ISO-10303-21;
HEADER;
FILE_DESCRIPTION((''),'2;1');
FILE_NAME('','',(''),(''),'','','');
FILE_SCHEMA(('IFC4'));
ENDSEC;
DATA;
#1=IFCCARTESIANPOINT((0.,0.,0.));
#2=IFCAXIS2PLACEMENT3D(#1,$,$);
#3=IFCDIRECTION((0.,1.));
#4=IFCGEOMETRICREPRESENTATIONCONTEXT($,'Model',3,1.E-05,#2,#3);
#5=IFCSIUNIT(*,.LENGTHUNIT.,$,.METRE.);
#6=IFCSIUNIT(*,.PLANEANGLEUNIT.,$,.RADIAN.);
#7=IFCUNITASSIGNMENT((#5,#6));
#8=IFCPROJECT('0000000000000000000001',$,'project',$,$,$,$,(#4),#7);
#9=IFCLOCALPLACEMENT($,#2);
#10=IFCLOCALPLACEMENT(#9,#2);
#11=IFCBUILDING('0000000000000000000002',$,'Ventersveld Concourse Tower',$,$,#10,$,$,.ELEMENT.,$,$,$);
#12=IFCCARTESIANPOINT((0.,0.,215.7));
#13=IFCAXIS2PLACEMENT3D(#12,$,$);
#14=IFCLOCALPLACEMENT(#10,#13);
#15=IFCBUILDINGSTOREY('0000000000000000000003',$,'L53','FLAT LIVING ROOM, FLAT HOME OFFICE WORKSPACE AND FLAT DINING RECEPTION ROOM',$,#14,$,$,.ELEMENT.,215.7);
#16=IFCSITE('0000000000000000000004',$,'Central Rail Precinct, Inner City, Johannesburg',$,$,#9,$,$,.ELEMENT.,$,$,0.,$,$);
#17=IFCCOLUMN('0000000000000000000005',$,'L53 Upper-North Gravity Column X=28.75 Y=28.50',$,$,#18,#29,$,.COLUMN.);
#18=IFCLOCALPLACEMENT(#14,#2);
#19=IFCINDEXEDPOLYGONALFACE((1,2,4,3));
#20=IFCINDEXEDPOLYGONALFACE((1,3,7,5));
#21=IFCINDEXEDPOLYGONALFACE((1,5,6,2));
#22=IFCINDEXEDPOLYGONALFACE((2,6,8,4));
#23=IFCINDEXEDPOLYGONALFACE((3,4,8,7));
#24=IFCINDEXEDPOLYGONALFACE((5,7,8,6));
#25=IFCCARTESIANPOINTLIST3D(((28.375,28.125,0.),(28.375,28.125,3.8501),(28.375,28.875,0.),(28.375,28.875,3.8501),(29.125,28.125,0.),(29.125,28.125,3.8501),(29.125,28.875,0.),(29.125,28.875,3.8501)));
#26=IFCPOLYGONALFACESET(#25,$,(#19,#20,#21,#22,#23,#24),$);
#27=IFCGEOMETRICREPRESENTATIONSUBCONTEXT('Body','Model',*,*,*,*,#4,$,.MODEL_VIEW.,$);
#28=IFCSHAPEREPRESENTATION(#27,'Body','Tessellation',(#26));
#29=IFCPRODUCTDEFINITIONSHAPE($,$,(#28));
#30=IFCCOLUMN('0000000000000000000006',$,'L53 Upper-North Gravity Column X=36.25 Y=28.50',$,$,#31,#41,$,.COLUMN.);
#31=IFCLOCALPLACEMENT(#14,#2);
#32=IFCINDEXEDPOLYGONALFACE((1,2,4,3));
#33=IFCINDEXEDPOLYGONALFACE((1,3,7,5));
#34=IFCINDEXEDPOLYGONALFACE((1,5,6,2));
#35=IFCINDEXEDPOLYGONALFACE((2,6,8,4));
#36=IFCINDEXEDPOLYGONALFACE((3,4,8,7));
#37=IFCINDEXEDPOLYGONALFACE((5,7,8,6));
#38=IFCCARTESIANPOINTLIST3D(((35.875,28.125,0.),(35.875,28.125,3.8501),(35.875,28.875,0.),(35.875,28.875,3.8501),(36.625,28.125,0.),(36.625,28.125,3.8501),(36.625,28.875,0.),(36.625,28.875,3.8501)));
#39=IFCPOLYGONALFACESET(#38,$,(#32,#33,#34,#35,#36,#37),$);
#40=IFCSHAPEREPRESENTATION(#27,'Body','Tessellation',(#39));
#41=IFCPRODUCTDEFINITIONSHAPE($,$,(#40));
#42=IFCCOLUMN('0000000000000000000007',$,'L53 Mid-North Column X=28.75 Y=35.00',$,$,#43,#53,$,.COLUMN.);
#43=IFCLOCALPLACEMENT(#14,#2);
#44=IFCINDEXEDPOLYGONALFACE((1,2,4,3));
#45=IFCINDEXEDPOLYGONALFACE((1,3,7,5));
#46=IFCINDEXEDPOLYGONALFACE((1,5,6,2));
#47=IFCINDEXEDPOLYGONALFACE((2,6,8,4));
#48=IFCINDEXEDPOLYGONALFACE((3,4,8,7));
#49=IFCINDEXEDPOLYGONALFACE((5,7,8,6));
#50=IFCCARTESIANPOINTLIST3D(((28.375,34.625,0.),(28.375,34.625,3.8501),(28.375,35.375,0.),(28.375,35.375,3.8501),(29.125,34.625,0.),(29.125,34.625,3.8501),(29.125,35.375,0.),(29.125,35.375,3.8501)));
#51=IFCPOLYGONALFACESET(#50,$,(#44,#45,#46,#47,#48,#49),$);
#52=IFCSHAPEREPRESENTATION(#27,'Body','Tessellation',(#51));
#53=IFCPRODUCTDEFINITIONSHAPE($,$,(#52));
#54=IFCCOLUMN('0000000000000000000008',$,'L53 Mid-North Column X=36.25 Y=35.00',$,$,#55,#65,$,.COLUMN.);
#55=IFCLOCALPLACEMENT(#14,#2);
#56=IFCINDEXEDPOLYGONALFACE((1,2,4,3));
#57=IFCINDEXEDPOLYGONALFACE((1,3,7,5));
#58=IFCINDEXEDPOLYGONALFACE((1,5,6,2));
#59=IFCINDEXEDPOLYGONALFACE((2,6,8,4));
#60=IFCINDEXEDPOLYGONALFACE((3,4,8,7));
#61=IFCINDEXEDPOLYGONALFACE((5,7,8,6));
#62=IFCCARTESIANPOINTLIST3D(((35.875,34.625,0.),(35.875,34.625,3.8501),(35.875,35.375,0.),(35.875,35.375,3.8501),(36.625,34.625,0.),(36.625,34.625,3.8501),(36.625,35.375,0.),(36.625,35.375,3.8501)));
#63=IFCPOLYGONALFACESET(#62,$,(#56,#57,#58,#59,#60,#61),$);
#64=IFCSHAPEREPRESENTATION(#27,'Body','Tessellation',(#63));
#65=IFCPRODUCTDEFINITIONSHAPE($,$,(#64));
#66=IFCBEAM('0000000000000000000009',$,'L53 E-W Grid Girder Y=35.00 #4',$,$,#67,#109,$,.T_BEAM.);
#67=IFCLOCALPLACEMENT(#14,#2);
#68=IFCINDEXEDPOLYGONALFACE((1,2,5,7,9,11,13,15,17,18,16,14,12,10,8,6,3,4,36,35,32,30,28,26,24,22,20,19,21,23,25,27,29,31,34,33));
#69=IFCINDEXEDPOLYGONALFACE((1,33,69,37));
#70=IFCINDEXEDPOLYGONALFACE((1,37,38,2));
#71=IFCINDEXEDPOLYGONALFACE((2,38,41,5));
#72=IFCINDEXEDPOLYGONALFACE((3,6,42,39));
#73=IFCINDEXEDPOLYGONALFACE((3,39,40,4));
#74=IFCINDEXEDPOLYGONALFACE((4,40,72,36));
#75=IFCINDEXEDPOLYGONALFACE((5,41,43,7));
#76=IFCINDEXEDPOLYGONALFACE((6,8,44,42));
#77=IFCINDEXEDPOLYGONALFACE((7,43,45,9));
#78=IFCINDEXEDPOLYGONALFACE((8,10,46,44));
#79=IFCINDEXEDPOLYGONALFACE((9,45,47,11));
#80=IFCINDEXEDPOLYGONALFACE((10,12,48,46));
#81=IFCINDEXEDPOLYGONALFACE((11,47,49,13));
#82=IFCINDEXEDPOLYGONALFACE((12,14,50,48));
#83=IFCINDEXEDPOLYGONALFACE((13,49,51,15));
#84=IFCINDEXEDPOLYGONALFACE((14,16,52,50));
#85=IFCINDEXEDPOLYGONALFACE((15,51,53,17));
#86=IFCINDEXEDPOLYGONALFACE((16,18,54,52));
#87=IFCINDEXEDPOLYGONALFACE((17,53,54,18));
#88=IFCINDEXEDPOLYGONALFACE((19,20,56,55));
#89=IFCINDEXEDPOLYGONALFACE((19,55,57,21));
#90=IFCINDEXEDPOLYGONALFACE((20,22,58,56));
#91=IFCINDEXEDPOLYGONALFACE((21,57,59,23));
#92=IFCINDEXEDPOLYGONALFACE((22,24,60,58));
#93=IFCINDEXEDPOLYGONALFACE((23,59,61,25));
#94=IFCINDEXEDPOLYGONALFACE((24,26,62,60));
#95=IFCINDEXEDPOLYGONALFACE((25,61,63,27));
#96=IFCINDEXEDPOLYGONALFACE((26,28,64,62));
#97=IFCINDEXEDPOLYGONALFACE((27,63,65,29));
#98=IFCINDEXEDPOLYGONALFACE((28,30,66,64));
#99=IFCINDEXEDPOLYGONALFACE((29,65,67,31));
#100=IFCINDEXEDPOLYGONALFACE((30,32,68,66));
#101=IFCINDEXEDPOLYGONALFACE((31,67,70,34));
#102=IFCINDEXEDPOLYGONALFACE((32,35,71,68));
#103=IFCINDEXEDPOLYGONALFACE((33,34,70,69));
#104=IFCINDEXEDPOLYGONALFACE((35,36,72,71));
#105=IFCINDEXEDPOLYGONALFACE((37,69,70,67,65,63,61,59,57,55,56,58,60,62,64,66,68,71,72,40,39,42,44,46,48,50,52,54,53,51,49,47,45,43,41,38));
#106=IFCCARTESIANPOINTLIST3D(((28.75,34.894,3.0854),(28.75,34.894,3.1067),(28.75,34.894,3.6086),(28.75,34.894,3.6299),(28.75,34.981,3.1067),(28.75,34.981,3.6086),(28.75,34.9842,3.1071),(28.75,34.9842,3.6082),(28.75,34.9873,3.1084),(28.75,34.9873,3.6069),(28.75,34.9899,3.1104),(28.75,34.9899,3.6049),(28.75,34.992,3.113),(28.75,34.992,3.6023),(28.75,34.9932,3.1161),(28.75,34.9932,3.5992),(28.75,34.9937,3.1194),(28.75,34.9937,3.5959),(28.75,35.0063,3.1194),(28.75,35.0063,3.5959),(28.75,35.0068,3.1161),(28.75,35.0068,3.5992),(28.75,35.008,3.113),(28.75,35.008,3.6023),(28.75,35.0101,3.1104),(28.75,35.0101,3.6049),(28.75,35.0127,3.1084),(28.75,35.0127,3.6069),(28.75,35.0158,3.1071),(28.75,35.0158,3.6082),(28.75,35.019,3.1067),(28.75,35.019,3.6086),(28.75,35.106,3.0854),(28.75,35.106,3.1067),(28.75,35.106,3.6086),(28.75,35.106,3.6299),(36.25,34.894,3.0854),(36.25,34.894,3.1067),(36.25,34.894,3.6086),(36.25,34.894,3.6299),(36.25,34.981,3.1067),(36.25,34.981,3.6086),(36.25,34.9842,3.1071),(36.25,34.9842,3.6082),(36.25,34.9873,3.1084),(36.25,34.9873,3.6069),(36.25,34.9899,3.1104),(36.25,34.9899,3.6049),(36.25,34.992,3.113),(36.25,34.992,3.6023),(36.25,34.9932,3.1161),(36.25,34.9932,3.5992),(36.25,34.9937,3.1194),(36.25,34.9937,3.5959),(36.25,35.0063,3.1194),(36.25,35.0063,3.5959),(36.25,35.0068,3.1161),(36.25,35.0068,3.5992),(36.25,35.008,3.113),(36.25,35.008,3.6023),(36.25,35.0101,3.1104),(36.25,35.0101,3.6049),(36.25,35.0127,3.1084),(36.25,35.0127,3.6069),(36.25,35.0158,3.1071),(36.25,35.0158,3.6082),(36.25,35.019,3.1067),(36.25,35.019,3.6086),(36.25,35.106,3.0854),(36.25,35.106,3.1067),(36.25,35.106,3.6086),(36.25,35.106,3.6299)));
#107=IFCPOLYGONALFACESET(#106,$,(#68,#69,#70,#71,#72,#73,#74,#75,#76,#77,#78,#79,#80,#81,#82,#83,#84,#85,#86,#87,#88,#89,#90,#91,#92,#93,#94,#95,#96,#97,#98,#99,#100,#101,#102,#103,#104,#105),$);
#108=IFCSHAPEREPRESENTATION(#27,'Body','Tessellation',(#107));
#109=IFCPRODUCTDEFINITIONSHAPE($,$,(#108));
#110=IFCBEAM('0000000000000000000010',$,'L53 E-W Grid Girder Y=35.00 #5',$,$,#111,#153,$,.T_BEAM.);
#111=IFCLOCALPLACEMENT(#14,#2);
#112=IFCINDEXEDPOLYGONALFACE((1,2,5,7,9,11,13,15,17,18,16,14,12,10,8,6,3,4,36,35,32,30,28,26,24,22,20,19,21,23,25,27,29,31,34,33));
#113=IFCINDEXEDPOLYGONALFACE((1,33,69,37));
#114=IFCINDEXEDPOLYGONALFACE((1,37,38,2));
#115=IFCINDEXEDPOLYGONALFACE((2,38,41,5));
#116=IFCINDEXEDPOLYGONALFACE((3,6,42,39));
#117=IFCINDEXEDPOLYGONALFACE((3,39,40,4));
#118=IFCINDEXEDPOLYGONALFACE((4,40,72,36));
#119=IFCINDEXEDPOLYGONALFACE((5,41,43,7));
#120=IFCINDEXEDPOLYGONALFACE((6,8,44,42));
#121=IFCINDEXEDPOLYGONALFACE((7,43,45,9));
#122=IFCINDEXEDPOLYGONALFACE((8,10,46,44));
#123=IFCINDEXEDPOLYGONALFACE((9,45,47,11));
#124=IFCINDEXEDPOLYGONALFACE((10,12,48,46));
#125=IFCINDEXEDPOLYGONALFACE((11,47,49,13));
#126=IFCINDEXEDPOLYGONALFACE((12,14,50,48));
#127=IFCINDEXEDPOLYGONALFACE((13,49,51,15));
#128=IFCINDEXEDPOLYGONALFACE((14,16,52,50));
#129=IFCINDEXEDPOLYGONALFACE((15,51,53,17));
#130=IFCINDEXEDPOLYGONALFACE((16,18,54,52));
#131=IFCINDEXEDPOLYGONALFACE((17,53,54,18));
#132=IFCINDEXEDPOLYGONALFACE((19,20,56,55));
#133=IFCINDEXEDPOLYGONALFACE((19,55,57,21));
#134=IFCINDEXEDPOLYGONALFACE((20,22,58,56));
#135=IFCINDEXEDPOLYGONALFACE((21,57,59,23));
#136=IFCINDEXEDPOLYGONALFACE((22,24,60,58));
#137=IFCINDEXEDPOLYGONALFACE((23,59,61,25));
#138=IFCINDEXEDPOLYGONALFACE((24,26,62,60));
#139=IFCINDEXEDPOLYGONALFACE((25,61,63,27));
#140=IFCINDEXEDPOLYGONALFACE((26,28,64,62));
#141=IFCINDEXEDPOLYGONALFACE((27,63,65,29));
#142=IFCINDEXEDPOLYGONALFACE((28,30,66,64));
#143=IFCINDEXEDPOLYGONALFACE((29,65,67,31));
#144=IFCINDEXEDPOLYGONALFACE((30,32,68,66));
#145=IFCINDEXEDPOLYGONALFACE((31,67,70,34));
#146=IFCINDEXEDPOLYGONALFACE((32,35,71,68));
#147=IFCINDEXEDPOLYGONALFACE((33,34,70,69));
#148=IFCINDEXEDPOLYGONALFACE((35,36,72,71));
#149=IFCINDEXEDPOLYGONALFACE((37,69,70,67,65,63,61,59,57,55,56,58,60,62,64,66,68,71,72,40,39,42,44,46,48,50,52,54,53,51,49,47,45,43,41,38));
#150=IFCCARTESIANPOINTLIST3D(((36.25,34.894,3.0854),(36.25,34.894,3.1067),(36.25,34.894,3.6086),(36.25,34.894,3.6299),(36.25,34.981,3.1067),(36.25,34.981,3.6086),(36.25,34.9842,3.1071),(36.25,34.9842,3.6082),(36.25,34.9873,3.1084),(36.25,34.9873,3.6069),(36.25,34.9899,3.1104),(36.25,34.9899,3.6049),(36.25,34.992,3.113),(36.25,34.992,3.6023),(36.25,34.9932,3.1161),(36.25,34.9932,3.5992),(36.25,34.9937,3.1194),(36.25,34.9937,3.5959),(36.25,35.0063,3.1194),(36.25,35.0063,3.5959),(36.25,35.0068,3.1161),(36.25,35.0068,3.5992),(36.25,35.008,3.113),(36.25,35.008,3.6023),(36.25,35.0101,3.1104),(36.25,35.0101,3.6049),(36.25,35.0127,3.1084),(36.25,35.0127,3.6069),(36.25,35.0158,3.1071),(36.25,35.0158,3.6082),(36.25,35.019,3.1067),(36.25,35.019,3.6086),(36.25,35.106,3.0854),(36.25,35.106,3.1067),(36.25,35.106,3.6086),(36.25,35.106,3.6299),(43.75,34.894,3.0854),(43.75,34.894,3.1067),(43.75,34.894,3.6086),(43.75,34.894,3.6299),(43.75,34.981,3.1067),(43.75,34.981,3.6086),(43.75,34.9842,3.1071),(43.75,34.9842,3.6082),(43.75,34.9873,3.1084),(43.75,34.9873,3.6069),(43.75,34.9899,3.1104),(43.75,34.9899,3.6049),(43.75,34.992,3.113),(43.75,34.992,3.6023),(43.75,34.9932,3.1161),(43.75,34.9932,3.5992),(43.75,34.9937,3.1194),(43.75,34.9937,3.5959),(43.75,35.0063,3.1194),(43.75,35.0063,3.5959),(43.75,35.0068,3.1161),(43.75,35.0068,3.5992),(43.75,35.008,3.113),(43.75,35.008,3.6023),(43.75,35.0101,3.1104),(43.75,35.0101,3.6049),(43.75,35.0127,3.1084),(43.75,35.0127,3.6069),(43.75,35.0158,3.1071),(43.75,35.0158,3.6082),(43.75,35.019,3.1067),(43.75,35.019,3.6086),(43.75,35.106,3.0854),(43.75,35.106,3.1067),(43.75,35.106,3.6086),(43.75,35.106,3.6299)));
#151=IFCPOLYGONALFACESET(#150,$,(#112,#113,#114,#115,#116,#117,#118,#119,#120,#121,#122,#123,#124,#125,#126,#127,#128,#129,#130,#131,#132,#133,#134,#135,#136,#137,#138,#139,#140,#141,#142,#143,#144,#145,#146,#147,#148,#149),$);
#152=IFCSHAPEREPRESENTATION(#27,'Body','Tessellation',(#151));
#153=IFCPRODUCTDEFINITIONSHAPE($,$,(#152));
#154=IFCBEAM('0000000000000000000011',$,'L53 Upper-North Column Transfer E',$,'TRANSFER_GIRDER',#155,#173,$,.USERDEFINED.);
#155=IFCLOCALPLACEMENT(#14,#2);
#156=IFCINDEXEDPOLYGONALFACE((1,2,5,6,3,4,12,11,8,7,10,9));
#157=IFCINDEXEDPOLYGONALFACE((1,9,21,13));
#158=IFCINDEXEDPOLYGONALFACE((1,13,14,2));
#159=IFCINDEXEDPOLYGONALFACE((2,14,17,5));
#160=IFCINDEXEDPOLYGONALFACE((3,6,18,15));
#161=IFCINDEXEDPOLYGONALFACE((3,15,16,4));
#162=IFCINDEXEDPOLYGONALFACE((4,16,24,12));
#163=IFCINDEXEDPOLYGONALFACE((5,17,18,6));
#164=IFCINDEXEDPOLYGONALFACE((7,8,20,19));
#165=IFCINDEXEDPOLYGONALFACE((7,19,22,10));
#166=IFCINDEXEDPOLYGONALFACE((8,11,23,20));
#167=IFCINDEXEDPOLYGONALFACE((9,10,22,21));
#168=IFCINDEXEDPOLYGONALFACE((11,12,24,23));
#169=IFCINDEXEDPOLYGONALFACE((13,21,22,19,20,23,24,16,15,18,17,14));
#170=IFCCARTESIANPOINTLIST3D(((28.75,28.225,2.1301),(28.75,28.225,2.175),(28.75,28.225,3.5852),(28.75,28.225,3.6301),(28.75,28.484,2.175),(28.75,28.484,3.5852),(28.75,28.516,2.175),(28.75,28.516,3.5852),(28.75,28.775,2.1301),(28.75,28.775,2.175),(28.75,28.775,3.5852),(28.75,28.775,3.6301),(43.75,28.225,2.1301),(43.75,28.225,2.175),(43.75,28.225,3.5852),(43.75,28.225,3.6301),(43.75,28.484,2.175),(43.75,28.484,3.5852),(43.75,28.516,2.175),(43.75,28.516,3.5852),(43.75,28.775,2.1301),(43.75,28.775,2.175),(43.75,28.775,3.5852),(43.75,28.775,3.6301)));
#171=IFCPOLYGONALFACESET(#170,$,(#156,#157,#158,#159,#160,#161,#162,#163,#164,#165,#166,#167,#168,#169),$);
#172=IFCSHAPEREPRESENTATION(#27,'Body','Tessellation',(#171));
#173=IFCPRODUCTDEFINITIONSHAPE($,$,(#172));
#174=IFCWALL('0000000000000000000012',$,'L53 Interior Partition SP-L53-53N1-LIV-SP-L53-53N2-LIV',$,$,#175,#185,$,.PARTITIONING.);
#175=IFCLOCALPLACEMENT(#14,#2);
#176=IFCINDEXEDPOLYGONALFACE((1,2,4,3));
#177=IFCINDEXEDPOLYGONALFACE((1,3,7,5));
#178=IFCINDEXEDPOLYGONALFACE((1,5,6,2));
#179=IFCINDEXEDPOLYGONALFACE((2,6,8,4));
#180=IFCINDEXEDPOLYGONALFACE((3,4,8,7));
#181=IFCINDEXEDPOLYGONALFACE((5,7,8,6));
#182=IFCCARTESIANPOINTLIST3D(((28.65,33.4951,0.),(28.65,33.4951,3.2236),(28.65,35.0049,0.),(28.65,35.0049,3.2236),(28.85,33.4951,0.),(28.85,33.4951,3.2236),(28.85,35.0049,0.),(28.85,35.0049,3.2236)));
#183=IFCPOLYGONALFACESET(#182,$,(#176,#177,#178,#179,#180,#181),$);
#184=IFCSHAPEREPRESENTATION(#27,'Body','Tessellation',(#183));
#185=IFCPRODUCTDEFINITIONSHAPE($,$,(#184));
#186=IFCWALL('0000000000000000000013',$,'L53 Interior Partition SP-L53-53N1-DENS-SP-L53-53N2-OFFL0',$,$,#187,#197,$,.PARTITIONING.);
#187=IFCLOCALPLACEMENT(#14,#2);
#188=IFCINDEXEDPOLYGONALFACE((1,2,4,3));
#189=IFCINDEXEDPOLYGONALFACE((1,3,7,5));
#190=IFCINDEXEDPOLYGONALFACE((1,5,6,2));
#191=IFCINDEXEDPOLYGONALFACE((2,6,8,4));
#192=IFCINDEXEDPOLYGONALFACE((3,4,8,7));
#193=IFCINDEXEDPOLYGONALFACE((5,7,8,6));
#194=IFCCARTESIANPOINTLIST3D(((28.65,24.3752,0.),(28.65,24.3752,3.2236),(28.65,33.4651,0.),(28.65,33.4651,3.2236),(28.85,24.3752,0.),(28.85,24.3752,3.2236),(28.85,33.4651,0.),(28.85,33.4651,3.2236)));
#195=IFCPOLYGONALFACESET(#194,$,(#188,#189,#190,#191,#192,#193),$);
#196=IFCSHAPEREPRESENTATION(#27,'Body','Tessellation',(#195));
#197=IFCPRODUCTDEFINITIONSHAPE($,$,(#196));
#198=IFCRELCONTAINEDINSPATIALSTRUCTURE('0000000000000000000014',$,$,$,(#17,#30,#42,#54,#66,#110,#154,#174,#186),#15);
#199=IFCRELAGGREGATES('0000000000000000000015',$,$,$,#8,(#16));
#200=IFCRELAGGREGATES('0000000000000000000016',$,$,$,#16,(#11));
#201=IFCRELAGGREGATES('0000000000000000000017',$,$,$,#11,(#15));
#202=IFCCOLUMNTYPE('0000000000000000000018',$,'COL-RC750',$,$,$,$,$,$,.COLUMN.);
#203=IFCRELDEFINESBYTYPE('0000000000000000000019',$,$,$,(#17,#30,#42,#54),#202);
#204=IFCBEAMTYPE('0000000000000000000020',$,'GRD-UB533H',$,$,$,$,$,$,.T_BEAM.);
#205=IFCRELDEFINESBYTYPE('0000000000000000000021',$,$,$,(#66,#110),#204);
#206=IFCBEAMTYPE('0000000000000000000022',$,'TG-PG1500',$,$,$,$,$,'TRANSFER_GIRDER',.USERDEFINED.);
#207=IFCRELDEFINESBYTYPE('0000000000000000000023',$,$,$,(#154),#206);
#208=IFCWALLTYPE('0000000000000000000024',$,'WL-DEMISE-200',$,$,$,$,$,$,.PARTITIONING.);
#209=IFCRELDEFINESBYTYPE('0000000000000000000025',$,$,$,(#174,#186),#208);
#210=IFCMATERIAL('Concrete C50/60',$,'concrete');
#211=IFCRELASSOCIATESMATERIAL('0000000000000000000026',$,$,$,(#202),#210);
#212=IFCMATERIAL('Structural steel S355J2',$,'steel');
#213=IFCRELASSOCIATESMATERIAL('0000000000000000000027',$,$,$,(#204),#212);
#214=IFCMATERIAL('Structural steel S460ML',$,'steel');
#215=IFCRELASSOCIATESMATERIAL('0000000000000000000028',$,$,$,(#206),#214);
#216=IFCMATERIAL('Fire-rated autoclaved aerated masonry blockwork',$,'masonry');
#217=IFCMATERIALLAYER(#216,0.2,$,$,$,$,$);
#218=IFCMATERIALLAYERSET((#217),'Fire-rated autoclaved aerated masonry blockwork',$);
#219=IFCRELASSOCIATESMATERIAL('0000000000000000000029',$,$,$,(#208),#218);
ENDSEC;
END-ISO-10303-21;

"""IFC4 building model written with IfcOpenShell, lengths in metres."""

from ifc_helpers import new_model, si_unit, direction, frame, frame_2d, origin, origin_2d, place, context, subcontext, project, spatial, rectangle, i_section, extrude, material, layer, layer_set, material_profile, profile_set, type_object, element, save


model = new_model("IFC4")

# Units and contexts
model_context = context("Model", 3, precision=1e-05, world=origin(), true_north=direction((0.0, 1.0)))
body_context = subcontext(model_context, "Body", "Model", "MODEL_VIEW")
ifc_project = project(units=[si_unit("LENGTHUNIT", "METRE"), si_unit("PLANEANGLEUNIT", "RADIAN")], contexts=[model_context])

# Site, building, storey
site_placement = place(None, origin())
site = spatial("IfcSite", under=ifc_project, at=site_placement, Name="Central Rail Precinct, Inner City, Johannesburg", CompositionType="ELEMENT", RefElevation=0.0)
building_placement = place(site_placement, origin())
building = spatial("IfcBuilding", under=site, at=building_placement, Name="Ventersveld Concourse Tower", CompositionType="ELEMENT")
storey_placement = place(building_placement, frame((0.0, 0.0, 215.7)))
storey = spatial("IfcBuildingStorey", under=building, at=storey_placement, Name="L53", Description="FLAT LIVING ROOM, FLAT HOME OFFICE WORKSPACE AND FLAT DINING RECEPTION ROOM", CompositionType="ELEMENT", Elevation=215.7)

# Columns
ifc_material_1 = material(Name="Concrete C50/60", Category="concrete")
ifc_material_profile_1 = material_profile(ifc_material_1, rectangle(XDim=0.75, YDim=0.75, at=origin_2d()), Name="RC 750x750")
ifc_profile_set_1 = profile_set([ifc_material_profile_1], Name="Concrete C50/60")
column_type = type_object("IfcColumnType", Name="COL-RC750", PredefinedType="COLUMN", material=ifc_profile_set_1)
for number, where, z_axis, x_axis, name in (
    (1, (28.75, 28.5, 0.0), (0.0, 0.0, 1.0), (1.0, 0.0, 0.0), "L53 Upper-North Gravity Column X=28.75 Y=28.50"),
    (2, (36.25, 28.5, 0.0), (0.0, 0.0, 1.0), (1.0, 0.0, 0.0), "L53 Upper-North Gravity Column X=36.25 Y=28.50"),
    (3, (28.75, 35.0, 0.0), (0.0, 0.0, 1.0), (1.0, 0.0, 0.0), "L53 Mid-North Column X=28.75 Y=35.00"),
    (4, (36.25, 35.0, 0.0), (0.0, 0.0, 1.0), (1.0, 0.0, 0.0), "L53 Mid-North Column X=36.25 Y=35.00"),
):
    element("IfcColumn", number, at=place(storey_placement, frame(where, z_axis=z_axis, x_axis=x_axis)), inside=storey, type_object=column_type, Name=name, PredefinedType="COLUMN", context=body_context, shape_type="SweptSolid", body=[
        extrude(rectangle(XDim=0.75, YDim=0.75, at=origin_2d()), origin(), (0.0, 0.0, 1.0), 3.8501),
    ])

# Beams
ifc_material_2 = material(Name="Structural steel S355J2", Category="steel")
ifc_material_profile_2 = material_profile(ifc_material_2, i_section(OverallWidth=0.2119, OverallDepth=0.5444, WebThickness=0.0127, FlangeThickness=0.0212, FilletRadius=0.0127, at=origin_2d()), Name="UB 533x210x122")
ifc_profile_set_2 = profile_set([ifc_material_profile_2], Name="Structural steel S355J2")
beam_type_1 = type_object("IfcBeamType", Name="GRD-UB533H", PredefinedType="T_BEAM", material=ifc_profile_set_2)
for number, where, z_axis, x_axis, name in (
    (5, (28.75, 35.0, 3.3577), (1.0, 0.0, 0.0), (0.0, 1.0, 0.0), "L53 E-W Grid Girder Y=35.00 #4"),
    (6, (36.25, 35.0, 3.3577), (1.0, 0.0, 0.0), (0.0, 1.0, 0.0), "L53 E-W Grid Girder Y=35.00 #5"),
):
    element("IfcBeam", number, at=place(storey_placement, frame(where, z_axis=z_axis, x_axis=x_axis)), inside=storey, type_object=beam_type_1, Name=name, PredefinedType="T_BEAM", context=body_context, shape_type="SweptSolid", body=[
        extrude(i_section(OverallWidth=0.2119, OverallDepth=0.5444, WebThickness=0.0127, FlangeThickness=0.0212, FilletRadius=0.0127, at=origin_2d()), origin(), (0.0, 0.0, 1.0), 7.5),
    ])
ifc_material_3 = material(Name="Structural steel S460ML", Category="steel")
ifc_material_profile_3 = material_profile(ifc_material_3, i_section(OverallWidth=0.55, OverallDepth=1.5, WebThickness=0.032, FlangeThickness=0.0449, at=origin_2d()), Name="PG 1500x550x45")
ifc_profile_set_3 = profile_set([ifc_material_profile_3], Name="Structural steel S460ML")
beam_type_2 = type_object("IfcBeamType", Name="TG-PG1500", ElementType="TRANSFER_GIRDER", PredefinedType="USERDEFINED", material=ifc_profile_set_3)
beam_placement = place(storey_placement, frame((28.75, 28.5, 2.8801), z_axis=(1.0, 0.0, 0.0), x_axis=(0.0, 1.0, 0.0)))
element("IfcBeam", 7, at=beam_placement, inside=storey, type_object=beam_type_2, Name="L53 Upper-North Column Transfer E", ObjectType="TRANSFER_GIRDER", PredefinedType="USERDEFINED", context=body_context, shape_type="SweptSolid", body=[
    extrude(i_section(OverallWidth=0.55, OverallDepth=1.5, WebThickness=0.032, FlangeThickness=0.0449, at=origin_2d()), origin(), (0.0, 0.0, 1.0), 15.0),
])

# Walls
ifc_material_4 = material(Name="Fire-rated autoclaved aerated masonry blockwork", Category="masonry")
ifc_layer_1 = layer(ifc_material_4, 0.2)
ifc_layer_set_1 = layer_set([ifc_layer_1], Name="Fire-rated autoclaved aerated masonry blockwork")
wall_type_1 = type_object("IfcWallType", Name="WL-DEMISE-200", PredefinedType="PARTITIONING", material=ifc_layer_set_1)
wall_1_placement = place(storey_placement, frame((28.75, 33.4951, 0.0), z_axis=(0.0, 0.0, 1.0), x_axis=(0.0, 1.0, 0.0)))
element("IfcWall", 8, at=wall_1_placement, inside=storey, type_object=wall_type_1, Name="L53 Interior Partition SP-L53-53N1-LIV-SP-L53-53N2-LIV", PredefinedType="PARTITIONING", context=body_context, shape_type="SweptSolid", body=[
    extrude(rectangle(XDim=1.5098, YDim=0.2, at=frame_2d((0.7549, 0.0))), origin(), (0.0, 0.0, 1.0), 3.2236),
])
wall_2_placement = place(storey_placement, frame((28.75, 24.3752, 0.0), z_axis=(0.0, 0.0, 1.0), x_axis=(0.0, 1.0, 0.0)))
element("IfcWall", 9, at=wall_2_placement, inside=storey, type_object=wall_type_1, Name="L53 Interior Partition SP-L53-53N1-DENS-SP-L53-53N2-OFFL0", PredefinedType="PARTITIONING", context=body_context, shape_type="SweptSolid", body=[
    extrude(rectangle(XDim=9.0898, YDim=0.2, at=frame_2d((4.5449, 0.0))), origin(), (0.0, 0.0, 1.0), 3.2236),
])

save(model, "model.ifc")
